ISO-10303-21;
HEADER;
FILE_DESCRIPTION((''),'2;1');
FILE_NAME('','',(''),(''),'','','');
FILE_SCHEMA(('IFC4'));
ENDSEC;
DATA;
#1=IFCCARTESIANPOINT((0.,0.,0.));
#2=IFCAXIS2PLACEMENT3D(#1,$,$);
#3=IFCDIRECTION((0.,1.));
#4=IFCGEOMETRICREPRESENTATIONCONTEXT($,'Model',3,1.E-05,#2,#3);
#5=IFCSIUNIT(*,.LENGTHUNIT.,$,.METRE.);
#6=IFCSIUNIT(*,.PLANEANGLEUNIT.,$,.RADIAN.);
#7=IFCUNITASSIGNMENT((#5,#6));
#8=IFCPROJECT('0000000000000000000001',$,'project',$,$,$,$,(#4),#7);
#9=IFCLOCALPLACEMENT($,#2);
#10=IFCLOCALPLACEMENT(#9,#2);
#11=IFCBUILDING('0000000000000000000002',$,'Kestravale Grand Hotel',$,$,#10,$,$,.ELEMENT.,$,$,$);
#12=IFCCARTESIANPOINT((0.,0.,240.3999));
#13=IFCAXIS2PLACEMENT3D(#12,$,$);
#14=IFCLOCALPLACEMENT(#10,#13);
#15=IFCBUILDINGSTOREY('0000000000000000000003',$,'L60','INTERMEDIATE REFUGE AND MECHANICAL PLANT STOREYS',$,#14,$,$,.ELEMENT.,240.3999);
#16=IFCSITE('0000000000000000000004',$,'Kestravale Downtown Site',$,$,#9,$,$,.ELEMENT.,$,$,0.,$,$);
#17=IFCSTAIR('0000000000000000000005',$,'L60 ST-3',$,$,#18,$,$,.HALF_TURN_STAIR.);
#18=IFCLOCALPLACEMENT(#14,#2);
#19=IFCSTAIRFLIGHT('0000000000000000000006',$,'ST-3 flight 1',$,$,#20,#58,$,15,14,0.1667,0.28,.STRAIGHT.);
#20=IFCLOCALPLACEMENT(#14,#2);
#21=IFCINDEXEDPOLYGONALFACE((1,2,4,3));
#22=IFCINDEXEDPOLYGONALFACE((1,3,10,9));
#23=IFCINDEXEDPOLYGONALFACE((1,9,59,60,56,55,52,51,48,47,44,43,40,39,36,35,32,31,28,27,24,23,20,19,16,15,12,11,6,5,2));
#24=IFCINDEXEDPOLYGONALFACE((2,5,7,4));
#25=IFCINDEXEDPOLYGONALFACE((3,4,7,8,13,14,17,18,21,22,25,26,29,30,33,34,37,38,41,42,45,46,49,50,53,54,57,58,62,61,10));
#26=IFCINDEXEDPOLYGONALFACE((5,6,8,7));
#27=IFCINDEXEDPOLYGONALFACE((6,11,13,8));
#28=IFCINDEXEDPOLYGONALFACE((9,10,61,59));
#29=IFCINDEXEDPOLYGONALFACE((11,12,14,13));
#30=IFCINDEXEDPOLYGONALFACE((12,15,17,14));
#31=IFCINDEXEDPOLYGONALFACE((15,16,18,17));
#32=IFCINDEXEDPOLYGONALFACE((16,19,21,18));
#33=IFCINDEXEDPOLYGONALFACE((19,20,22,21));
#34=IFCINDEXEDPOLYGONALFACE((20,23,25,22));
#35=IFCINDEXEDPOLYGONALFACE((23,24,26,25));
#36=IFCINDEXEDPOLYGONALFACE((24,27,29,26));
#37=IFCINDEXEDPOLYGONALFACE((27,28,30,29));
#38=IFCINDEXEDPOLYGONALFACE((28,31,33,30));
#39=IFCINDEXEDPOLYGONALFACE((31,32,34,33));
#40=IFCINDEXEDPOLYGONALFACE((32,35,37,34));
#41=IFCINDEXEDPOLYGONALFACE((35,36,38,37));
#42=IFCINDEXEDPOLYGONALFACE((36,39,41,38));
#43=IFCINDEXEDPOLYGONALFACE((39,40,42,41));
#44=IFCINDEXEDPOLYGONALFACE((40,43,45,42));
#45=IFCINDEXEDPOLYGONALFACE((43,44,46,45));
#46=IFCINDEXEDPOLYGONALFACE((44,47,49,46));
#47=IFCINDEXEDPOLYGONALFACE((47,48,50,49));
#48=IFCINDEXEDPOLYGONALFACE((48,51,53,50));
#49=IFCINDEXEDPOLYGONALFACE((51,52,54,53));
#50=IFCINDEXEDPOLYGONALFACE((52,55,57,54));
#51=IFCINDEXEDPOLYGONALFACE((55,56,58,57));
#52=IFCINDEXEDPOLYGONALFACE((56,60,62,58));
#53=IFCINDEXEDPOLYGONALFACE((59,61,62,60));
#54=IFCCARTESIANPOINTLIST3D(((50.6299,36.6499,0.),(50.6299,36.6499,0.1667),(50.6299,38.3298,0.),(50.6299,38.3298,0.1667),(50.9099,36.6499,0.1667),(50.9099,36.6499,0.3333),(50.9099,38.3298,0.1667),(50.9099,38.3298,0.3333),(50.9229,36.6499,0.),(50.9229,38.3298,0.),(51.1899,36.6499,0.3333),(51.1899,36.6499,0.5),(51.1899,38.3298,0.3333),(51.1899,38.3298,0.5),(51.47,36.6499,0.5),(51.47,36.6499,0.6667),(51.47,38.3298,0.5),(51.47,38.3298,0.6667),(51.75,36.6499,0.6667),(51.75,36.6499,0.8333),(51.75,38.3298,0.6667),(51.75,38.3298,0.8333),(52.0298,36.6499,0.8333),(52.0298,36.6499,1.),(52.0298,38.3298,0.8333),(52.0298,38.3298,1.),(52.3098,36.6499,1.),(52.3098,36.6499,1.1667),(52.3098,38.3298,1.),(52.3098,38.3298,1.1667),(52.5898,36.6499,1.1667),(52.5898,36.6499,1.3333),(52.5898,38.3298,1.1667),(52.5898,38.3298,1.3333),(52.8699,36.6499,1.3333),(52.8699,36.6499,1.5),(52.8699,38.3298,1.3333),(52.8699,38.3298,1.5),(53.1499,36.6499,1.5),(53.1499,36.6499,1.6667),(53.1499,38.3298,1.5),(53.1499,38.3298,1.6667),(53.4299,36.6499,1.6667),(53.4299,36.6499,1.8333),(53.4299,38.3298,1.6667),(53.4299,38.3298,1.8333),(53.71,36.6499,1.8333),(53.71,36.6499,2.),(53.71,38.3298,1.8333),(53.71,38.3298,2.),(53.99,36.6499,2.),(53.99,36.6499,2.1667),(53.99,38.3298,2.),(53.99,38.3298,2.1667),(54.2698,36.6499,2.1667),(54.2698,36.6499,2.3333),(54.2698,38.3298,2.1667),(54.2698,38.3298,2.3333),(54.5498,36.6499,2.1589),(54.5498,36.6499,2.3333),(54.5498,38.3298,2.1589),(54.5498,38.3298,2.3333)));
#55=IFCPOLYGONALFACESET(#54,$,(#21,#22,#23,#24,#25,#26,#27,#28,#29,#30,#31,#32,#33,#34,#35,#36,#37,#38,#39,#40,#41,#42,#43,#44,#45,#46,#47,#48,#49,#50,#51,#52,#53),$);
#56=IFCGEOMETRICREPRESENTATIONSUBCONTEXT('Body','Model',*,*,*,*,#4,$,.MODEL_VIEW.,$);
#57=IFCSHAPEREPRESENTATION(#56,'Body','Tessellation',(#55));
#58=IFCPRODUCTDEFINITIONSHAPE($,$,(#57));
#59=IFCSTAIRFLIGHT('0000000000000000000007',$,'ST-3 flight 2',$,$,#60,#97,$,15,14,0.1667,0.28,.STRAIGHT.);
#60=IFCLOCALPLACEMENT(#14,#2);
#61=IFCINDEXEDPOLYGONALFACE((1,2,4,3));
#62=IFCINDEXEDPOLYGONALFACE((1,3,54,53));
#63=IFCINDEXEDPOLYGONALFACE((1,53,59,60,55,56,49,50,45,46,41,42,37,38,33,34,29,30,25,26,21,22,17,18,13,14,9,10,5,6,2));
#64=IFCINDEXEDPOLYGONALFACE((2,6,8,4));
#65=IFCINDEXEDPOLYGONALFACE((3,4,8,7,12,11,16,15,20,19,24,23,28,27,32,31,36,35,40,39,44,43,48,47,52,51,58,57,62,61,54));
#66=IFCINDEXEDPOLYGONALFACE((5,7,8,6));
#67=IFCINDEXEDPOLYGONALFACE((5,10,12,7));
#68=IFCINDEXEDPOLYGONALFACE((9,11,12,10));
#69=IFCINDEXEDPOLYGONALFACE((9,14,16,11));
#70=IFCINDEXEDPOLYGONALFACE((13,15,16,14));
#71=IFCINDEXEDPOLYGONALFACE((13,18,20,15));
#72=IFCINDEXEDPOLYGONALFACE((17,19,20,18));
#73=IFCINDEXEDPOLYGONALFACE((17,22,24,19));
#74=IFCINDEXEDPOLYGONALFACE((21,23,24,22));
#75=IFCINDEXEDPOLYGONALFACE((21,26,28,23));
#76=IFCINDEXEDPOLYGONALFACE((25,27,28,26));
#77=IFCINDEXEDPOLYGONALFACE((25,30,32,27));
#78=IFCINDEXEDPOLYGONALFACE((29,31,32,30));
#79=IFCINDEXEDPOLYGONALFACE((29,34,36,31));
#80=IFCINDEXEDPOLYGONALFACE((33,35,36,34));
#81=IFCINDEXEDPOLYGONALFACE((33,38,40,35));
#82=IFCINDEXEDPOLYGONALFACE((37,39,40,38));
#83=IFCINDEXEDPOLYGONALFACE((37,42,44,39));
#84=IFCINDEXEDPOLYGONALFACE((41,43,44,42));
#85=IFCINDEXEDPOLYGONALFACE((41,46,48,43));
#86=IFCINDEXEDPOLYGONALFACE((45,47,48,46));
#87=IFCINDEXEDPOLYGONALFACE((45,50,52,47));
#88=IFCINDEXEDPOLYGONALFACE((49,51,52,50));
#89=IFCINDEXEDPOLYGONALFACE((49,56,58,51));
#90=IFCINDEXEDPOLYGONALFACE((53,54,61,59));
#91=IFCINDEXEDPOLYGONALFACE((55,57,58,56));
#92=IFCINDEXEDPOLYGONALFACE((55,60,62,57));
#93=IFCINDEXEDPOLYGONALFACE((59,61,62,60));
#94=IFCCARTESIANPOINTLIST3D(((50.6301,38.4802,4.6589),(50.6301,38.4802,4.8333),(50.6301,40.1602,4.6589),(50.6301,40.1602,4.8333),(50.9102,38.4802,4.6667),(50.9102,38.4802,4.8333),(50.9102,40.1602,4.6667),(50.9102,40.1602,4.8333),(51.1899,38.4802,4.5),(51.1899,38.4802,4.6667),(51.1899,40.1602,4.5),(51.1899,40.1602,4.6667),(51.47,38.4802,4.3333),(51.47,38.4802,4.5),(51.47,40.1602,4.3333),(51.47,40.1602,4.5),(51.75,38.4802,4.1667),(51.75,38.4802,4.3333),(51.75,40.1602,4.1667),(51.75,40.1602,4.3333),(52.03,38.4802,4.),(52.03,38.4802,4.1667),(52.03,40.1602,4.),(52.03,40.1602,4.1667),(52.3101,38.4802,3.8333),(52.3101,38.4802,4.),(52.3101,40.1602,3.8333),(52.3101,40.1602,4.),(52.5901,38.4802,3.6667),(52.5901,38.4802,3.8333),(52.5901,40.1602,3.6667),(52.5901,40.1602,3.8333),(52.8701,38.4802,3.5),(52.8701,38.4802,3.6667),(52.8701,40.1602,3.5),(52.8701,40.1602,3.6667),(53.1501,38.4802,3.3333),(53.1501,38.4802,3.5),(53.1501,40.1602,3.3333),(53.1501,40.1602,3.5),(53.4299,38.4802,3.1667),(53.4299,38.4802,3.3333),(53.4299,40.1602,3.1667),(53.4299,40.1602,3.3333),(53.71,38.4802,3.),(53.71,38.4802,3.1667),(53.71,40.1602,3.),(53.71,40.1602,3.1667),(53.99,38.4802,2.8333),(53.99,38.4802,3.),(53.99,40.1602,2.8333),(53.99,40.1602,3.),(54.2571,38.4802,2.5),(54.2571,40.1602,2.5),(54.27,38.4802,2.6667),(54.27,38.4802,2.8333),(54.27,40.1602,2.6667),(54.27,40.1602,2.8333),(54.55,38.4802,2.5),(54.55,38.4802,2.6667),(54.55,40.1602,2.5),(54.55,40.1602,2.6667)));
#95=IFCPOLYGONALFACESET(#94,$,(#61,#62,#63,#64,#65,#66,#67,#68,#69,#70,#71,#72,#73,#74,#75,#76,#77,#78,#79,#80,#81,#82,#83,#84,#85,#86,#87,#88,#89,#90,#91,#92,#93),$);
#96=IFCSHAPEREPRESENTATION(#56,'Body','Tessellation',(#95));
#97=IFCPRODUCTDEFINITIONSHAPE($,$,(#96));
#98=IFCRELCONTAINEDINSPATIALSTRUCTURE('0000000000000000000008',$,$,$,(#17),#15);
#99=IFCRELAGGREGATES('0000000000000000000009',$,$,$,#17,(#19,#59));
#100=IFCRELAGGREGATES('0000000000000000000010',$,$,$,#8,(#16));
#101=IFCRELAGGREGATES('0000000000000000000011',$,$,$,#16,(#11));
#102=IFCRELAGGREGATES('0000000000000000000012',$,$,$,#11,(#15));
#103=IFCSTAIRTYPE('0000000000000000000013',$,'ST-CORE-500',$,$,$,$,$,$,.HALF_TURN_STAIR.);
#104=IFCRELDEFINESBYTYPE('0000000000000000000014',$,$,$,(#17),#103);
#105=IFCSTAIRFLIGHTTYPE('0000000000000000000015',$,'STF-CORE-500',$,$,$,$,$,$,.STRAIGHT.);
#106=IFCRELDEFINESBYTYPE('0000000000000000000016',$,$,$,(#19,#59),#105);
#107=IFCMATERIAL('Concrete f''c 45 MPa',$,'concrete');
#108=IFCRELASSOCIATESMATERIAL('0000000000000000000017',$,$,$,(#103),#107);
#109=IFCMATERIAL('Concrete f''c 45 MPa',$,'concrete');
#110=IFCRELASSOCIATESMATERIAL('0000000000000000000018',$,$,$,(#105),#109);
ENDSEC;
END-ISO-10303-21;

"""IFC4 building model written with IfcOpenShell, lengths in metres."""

from ifc_helpers import new_model, si_unit, direction, frame, origin, place, context, subcontext, project, spatial, polyline, outline, extrude, material, type_object, element, aggregate, save


model = new_model("IFC4")

# Units and contexts
model_context = context("Model", 3, precision=1e-05, world=origin(), true_north=direction((0.0, 1.0)))
body_context = subcontext(model_context, "Body", "Model", "MODEL_VIEW")
ifc_project = project(units=[si_unit("LENGTHUNIT", "METRE"), si_unit("PLANEANGLEUNIT", "RADIAN")], contexts=[model_context])

# Site, building, storey
site_placement = place(None, origin())
site = spatial("IfcSite", under=ifc_project, at=site_placement, Name="Kestravale Downtown Site", CompositionType="ELEMENT", RefElevation=0.0)
building_placement = place(site_placement, origin())
building = spatial("IfcBuilding", under=site, at=building_placement, Name="Kestravale Grand Hotel", CompositionType="ELEMENT")
storey_placement = place(building_placement, frame((0.0, 0.0, 240.3999)))
storey = spatial("IfcBuildingStorey", under=building, at=storey_placement, Name="L60", Description="INTERMEDIATE REFUGE AND MECHANICAL PLANT STOREYS", CompositionType="ELEMENT", Elevation=240.3999)

# Stair, stair flights
ifc_material_1 = material(Name="Concrete f'c 45 MPa", Category="concrete")
stair_type = type_object("IfcStairType", Name="ST-CORE-500", PredefinedType="HALF_TURN_STAIR", material=ifc_material_1)
stair_placement = place(storey_placement, origin())
stair = element("IfcStair", 1, at=stair_placement, inside=storey, type_object=stair_type, Name="L60 ST-3", PredefinedType="HALF_TURN_STAIR")
ifc_material_2 = material(Name="Concrete f'c 45 MPa", Category="concrete")
stair_flight_type = type_object("IfcStairFlightType", Name="STF-CORE-500", PredefinedType="STRAIGHT", material=ifc_material_2)
stair_flight_1_placement = place(storey_placement, frame((50.6299, 37.49, 0.0), z_axis=(0.0, 0.0, 1.0), x_axis=(1.0, 0.0, 0.0)))
stair_flight_1 = element("IfcStairFlight", 2, at=stair_flight_1_placement, type_object=stair_flight_type, Name="ST-3 flight 1", NumberOfRisers=15, NumberOfTreads=14, PredefinedType="STRAIGHT", RiserHeight=0.1667, TreadLength=0.28, context=body_context, shape_type="SweptSolid", body=[
    extrude(outline(polyline([(0.0, 0.0), (0.0, 0.1667), (0.28, 0.1667), (0.28, 0.3333), (0.5601, 0.3333), (0.5601, 0.5), (0.8401, 0.5), (0.8401, 0.6667), (1.1201, 0.6667), (1.1201, 0.8333), (1.3999, 0.8333), (1.3999, 1.0), (1.6799, 1.0), (1.6799, 1.1667), (1.96, 1.1667), (1.96, 1.3333), (2.24, 1.3333), (2.24, 1.5), (2.52, 1.5), (2.52, 1.6667), (2.8, 1.6667), (2.8, 1.8333), (3.0801, 1.8333), (3.0801, 2.0), (3.3601, 2.0), (3.3601, 2.1667), (3.6399, 2.1667), (3.6399, 2.3333), (3.9199, 2.3333), (3.9199, 2.5), (3.9199, 2.1589), (0.293, 0.0), (0.0, 0.0)])), frame((0.0, 0.8398, 0.0), z_axis=(0.0, -1.0, 0.0), x_axis=(1.0, 0.0, 0.0)), (0.0, 0.0, 1.0), 1.6799),
])
stair_flight_2_placement = place(storey_placement, frame((54.55, 39.3201, 2.5), z_axis=(0.0, 0.0, 1.0), x_axis=(-1.0, 0.0, 0.0)))
stair_flight_2 = element("IfcStairFlight", 3, at=stair_flight_2_placement, type_object=stair_flight_type, Name="ST-3 flight 2", NumberOfRisers=15, NumberOfTreads=14, PredefinedType="STRAIGHT", RiserHeight=0.1667, TreadLength=0.28, context=body_context, shape_type="SweptSolid", body=[
    extrude(outline(polyline([(0.0, 0.0), (0.0, 0.1667), (0.28, 0.1667), (0.28, 0.3333), (0.5601, 0.3333), (0.5601, 0.5), (0.8401, 0.5), (0.8401, 0.6667), (1.1201, 0.6667), (1.1201, 0.8333), (1.3999, 0.8333), (1.3999, 1.0), (1.6799, 1.0), (1.6799, 1.1667), (1.96, 1.1667), (1.96, 1.3333), (2.24, 1.3333), (2.24, 1.5), (2.52, 1.5), (2.52, 1.6667), (2.8, 1.6667), (2.8, 1.8333), (3.0801, 1.8333), (3.0801, 2.0), (3.3601, 2.0), (3.3601, 2.1667), (3.6399, 2.1667), (3.6399, 2.3333), (3.9199, 2.3333), (3.9199, 2.5), (3.9199, 2.1589), (0.293, 0.0), (0.0, 0.0)])), frame((0.0, 0.8398, 0.0), z_axis=(0.0, -1.0, 0.0), x_axis=(1.0, 0.0, 0.0)), (0.0, 0.0, 1.0), 1.6799),
])
aggregate(stair, [stair_flight_1, stair_flight_2])

save(model, "model.ifc")
